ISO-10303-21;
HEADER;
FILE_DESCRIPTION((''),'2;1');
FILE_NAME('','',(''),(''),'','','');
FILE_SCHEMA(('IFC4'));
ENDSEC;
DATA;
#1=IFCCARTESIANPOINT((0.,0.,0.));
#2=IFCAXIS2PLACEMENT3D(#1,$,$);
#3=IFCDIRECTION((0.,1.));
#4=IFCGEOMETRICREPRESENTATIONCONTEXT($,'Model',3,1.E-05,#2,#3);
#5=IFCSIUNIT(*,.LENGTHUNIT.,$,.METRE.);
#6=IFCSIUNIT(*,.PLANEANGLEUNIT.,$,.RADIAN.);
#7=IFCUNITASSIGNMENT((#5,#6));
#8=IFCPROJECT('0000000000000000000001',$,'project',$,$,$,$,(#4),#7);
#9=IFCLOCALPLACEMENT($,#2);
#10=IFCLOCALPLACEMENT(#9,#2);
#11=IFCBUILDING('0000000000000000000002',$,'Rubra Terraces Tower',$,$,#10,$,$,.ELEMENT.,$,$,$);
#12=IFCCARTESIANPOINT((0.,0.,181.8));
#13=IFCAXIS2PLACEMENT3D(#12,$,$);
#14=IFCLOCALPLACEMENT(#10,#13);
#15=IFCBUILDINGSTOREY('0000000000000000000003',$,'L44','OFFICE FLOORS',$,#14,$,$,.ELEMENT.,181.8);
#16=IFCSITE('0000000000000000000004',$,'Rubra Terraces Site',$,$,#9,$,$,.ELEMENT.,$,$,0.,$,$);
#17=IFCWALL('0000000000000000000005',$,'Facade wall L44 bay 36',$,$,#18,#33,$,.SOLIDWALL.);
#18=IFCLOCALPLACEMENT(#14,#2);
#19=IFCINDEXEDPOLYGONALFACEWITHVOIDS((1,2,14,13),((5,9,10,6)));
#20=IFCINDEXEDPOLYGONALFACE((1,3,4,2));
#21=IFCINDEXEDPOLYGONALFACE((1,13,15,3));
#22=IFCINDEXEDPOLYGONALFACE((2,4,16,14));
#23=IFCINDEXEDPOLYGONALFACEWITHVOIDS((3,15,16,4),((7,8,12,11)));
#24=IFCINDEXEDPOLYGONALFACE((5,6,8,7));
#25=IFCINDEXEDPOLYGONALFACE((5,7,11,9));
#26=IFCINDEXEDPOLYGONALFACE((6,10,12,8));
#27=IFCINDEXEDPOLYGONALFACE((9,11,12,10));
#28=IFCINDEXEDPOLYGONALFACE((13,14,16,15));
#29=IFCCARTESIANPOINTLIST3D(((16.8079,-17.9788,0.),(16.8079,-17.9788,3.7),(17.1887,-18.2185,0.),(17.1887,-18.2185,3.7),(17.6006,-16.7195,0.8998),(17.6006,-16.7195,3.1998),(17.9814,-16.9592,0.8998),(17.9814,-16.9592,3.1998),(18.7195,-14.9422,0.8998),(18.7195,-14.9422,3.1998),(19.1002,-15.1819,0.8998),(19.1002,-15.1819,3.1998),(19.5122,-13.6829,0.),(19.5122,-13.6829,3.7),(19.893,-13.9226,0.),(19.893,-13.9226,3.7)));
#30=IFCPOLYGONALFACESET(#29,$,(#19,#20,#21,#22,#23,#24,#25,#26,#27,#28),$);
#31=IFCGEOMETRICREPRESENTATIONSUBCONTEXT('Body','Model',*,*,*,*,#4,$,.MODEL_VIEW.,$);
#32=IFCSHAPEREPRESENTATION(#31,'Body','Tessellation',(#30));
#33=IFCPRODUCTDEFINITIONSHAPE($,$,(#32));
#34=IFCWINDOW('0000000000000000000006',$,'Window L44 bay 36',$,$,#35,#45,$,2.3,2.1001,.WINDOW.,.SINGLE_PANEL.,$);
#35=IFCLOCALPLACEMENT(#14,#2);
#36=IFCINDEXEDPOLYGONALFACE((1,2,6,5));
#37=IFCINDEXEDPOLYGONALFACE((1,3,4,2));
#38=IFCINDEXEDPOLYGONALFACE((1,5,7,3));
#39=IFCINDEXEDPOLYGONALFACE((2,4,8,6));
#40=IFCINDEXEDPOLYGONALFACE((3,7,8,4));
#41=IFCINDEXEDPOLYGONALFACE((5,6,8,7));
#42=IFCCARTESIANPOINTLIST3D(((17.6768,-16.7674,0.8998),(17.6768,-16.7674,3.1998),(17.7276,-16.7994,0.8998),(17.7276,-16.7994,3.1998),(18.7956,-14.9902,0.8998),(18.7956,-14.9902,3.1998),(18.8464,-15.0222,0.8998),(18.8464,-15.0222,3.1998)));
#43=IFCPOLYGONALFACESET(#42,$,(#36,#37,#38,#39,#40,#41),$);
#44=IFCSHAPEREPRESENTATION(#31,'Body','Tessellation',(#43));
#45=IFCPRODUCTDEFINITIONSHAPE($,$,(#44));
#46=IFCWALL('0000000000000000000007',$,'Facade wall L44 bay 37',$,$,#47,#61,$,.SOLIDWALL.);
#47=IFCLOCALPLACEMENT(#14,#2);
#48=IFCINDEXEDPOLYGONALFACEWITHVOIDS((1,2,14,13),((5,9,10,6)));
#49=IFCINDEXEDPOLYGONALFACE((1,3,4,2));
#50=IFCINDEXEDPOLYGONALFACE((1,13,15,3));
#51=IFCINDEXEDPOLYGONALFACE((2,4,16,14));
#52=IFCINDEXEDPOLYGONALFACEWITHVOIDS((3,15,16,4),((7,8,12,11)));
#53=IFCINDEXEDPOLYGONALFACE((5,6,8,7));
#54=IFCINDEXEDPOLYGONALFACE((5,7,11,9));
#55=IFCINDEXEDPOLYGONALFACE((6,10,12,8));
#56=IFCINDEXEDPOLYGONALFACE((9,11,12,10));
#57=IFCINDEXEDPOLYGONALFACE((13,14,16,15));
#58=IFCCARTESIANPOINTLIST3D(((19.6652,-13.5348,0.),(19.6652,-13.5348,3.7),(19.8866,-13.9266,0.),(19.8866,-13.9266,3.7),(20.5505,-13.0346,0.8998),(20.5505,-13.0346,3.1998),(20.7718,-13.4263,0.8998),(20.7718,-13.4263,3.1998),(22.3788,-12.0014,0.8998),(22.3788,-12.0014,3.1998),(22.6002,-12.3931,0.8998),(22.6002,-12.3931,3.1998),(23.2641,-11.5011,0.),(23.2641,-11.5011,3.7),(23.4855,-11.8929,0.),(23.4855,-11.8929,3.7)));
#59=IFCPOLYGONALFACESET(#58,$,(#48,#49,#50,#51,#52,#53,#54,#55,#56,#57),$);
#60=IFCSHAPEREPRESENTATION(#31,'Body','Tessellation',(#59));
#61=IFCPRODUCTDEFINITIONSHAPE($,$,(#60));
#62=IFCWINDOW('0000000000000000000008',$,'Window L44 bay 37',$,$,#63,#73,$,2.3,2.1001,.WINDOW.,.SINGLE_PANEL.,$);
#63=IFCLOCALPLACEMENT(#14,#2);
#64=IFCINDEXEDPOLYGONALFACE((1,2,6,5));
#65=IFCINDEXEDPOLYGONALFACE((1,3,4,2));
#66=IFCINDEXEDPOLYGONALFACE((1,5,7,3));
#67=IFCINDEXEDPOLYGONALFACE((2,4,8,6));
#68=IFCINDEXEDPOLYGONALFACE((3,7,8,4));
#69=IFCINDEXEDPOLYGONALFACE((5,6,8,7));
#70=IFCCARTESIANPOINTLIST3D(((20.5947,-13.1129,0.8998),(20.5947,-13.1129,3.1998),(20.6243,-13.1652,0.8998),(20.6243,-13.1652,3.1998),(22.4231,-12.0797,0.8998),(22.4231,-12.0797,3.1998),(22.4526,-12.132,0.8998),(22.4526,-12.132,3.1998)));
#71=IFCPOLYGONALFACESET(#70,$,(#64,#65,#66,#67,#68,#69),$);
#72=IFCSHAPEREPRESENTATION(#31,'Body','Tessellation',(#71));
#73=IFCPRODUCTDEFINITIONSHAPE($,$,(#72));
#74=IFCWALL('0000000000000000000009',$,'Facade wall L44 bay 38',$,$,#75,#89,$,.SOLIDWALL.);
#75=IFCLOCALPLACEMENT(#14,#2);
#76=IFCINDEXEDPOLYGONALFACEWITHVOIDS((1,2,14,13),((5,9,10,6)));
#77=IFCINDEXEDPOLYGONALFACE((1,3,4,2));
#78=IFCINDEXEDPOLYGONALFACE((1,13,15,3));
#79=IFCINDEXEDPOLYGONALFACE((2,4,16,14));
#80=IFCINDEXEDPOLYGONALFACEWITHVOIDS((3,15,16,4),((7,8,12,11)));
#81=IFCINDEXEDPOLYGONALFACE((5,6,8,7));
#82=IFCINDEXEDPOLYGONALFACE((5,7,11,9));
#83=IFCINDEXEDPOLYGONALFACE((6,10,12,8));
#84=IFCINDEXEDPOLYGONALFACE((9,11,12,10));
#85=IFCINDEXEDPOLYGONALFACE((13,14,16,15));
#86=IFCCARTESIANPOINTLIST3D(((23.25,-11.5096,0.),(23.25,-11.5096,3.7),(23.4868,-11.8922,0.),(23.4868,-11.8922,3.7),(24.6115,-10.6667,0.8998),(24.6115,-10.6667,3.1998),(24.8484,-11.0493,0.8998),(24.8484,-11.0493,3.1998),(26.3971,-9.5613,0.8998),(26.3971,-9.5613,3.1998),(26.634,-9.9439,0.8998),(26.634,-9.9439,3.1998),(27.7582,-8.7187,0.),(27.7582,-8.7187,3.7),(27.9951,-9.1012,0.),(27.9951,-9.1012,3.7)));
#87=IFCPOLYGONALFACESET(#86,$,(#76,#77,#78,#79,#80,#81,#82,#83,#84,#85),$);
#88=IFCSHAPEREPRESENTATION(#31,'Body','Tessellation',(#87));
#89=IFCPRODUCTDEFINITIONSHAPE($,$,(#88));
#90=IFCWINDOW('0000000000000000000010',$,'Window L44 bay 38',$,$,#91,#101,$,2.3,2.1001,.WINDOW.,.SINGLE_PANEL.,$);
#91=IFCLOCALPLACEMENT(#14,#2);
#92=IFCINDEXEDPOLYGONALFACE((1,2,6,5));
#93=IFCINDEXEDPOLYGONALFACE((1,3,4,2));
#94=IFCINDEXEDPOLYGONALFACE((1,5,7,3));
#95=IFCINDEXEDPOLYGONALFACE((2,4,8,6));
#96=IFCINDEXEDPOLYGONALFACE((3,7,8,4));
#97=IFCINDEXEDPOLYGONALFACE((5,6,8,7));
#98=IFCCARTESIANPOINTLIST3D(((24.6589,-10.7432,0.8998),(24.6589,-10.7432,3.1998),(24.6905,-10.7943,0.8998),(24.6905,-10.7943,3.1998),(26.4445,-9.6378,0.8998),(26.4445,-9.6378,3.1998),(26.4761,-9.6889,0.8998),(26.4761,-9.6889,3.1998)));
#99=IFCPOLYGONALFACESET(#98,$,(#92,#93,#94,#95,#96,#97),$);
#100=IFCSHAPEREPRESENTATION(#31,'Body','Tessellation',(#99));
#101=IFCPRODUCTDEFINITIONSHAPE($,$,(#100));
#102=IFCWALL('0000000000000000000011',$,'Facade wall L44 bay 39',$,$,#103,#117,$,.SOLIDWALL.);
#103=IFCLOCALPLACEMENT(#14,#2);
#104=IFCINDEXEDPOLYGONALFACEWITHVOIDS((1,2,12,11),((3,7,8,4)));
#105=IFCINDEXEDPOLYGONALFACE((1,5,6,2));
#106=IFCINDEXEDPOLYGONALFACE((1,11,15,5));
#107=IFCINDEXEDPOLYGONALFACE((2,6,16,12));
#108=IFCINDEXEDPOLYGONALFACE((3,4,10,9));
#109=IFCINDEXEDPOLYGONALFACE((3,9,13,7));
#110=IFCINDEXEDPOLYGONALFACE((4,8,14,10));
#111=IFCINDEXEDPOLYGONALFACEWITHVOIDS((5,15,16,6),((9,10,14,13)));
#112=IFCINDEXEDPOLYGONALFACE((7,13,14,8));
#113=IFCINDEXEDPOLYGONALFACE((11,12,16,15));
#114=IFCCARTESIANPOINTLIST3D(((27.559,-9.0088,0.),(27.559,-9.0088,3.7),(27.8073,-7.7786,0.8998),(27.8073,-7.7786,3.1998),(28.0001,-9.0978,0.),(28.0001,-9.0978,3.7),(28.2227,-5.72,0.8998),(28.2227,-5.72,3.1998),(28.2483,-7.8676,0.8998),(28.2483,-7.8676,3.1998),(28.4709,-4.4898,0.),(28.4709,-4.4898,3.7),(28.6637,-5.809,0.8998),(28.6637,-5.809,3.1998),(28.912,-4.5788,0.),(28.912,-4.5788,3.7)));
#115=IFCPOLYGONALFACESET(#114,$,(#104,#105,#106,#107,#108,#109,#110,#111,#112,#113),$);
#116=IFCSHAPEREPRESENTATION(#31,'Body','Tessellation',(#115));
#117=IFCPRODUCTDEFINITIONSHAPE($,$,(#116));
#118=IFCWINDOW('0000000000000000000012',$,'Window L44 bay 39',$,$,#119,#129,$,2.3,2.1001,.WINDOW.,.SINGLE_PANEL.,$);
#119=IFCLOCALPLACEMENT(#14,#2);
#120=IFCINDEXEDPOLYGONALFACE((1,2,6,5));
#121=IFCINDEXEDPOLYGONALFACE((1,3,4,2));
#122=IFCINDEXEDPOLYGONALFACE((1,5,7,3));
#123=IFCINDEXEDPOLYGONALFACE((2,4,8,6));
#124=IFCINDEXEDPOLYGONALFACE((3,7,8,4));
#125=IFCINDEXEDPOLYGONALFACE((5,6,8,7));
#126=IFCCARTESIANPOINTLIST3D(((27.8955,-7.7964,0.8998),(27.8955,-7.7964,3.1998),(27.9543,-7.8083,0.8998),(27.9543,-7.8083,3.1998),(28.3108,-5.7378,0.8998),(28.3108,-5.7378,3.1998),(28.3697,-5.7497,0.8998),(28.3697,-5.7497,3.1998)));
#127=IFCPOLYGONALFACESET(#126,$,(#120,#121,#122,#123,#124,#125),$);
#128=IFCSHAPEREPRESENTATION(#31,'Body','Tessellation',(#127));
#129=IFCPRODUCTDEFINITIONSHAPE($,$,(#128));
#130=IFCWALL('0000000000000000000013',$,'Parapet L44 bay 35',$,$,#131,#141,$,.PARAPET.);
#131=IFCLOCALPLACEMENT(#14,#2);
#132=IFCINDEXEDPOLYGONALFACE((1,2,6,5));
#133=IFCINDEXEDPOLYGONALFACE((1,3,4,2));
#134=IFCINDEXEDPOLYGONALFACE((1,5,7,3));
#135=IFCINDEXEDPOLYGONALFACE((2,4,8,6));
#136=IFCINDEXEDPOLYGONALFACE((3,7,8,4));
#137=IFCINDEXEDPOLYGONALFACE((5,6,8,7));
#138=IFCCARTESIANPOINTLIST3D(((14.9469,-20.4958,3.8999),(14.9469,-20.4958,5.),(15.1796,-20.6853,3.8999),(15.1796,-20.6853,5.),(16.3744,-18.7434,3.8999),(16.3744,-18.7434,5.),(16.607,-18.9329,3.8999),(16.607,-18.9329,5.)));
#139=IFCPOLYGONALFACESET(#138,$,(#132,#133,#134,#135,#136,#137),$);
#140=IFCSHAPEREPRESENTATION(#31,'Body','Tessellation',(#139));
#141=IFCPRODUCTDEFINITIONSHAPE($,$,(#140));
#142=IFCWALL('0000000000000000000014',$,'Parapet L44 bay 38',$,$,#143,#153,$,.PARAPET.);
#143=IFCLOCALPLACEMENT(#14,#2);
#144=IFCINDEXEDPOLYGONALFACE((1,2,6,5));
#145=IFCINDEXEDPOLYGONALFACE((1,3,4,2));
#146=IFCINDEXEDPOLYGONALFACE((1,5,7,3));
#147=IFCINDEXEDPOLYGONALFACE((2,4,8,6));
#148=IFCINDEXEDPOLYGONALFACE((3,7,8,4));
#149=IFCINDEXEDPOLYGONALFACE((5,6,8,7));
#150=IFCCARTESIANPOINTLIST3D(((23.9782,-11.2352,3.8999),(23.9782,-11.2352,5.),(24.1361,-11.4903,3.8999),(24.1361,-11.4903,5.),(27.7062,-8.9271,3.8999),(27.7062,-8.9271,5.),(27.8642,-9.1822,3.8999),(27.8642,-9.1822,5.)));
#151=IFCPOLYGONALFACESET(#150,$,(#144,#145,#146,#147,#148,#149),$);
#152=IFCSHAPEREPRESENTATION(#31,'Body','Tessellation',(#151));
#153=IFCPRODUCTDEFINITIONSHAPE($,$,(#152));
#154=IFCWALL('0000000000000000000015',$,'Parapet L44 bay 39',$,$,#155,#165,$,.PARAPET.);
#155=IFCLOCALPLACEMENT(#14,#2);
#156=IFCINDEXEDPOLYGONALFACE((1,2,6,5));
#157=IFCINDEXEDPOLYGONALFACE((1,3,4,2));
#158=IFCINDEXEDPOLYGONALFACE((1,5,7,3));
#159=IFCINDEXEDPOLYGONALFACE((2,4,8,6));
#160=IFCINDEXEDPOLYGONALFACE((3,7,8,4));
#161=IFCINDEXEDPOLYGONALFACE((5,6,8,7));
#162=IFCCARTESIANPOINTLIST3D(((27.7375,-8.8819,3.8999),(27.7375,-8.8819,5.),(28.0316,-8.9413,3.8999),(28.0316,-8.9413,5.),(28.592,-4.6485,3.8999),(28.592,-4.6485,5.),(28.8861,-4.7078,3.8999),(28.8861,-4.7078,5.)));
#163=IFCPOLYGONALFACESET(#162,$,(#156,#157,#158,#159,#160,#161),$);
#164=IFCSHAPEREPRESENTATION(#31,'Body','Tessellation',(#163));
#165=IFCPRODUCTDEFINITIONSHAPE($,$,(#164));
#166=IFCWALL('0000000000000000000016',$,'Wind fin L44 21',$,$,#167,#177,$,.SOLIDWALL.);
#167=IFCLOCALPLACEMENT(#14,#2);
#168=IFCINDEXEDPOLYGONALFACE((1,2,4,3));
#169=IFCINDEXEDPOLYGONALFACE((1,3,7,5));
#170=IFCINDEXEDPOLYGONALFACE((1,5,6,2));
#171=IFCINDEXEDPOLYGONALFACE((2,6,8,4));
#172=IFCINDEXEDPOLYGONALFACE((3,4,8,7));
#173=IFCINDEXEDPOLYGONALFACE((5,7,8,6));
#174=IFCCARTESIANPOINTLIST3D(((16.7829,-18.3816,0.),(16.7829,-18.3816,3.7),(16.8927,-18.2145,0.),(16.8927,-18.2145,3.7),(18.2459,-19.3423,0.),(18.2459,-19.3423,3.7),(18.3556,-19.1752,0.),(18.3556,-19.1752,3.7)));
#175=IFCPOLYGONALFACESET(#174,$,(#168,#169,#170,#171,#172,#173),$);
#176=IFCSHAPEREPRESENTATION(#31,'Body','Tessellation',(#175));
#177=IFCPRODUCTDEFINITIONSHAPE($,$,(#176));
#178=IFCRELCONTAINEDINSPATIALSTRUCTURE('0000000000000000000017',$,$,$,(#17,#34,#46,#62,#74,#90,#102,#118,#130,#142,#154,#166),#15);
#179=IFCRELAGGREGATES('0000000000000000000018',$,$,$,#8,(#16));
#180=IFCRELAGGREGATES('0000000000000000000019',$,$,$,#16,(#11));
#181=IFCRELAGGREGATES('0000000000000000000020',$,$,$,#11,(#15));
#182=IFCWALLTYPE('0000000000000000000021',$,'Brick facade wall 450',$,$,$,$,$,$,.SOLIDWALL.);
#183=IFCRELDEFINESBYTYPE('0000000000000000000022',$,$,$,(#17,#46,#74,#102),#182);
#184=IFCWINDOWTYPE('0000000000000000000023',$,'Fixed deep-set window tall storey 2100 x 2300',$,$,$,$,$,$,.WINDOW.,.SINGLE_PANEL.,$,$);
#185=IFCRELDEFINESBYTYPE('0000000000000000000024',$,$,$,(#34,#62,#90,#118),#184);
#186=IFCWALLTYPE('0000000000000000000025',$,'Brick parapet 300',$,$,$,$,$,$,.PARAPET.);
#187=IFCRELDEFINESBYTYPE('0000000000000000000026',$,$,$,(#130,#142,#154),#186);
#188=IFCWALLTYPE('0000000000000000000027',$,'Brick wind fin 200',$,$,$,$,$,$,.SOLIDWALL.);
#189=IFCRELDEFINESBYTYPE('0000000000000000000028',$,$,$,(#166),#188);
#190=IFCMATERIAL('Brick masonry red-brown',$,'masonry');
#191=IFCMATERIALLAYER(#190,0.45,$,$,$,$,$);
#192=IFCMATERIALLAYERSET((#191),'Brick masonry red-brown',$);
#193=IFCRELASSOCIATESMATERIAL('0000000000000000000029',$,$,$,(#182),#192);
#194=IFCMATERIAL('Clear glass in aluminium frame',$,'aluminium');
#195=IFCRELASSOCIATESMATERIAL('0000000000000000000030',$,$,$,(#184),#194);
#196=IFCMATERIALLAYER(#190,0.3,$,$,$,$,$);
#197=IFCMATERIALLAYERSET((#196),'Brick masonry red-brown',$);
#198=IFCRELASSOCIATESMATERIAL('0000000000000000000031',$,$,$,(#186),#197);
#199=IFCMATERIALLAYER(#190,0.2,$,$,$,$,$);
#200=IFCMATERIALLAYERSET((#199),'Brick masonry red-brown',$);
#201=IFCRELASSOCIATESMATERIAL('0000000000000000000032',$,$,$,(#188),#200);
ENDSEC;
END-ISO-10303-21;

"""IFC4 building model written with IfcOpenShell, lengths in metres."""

from ifc_helpers import new_model, si_unit, direction, frame, frame_2d, origin, place, context, subcontext, project, spatial, rectangle, extrude, material, layer, layer_set, type_object, element, fill, save


model = new_model("IFC4")

# Units and contexts
model_context = context("Model", 3, precision=1e-05, world=origin(), true_north=direction((0.0, 1.0)))
body_context = subcontext(model_context, "Body", "Model", "MODEL_VIEW")
ifc_project = project(units=[si_unit("LENGTHUNIT", "METRE"), si_unit("PLANEANGLEUNIT", "RADIAN")], contexts=[model_context])

# Site, building, storey
site_placement = place(None, origin())
site = spatial("IfcSite", under=ifc_project, at=site_placement, Name="Rubra Terraces Site", CompositionType="ELEMENT", RefElevation=0.0)
building_placement = place(site_placement, origin())
building = spatial("IfcBuilding", under=site, at=building_placement, Name="Rubra Terraces Tower", CompositionType="ELEMENT")
storey_placement = place(building_placement, frame((0.0, 0.0, 181.8)))
storey = spatial("IfcBuildingStorey", under=building, at=storey_placement, Name="L44", Description="OFFICE FLOORS", CompositionType="ELEMENT", Elevation=181.8)

# Walls, openings, windows
ifc_material_1 = material(Name="Brick masonry red-brown", Category="masonry")
ifc_layer_1 = layer(ifc_material_1, 0.45)
ifc_layer_set_1 = layer_set([ifc_layer_1], Name="Brick masonry red-brown")
wall_type_1 = type_object("IfcWallType", Name="Brick facade wall 450", PredefinedType="SOLIDWALL", material=ifc_layer_set_1)
wall_1_placement = place(storey_placement, frame((16.9983, -18.0986, 0.0), z_axis=(0.0, 0.0, 1.0), x_axis=(0.532746, 0.846275, 0.0)))
wall_1 = element("IfcWall", 1, at=wall_1_placement, inside=storey, type_object=wall_type_1, Name="Facade wall L44 bay 36", PredefinedType="SOLIDWALL", context=body_context, shape_type="SweptSolid", body=[
    extrude(rectangle(XDim=5.0762, YDim=0.45, at=frame_2d((2.5381, 0.0))), origin(), (0.0, 0.0, 1.0), 3.7),
])
opening_1_placement = place(wall_1_placement, frame((1.488, 0.0, 0.8999)))
opening_1 = element("IfcOpeningElement", 2, at=opening_1_placement, cuts=wall_1, PredefinedType="OPENING", context=body_context, shape_type="SweptSolid", body=[
    extrude(rectangle(XDim=2.1001, YDim=2.3, at=frame_2d((1.05, 1.1499))), frame((0.0, 0.2349, 0.0), z_axis=(0.0, -1.0, 0.0), x_axis=(1.0, 0.0, 0.0)), (0.0, 0.0, 1.0), 0.47),
])
ifc_material_2 = material(Name="Clear glass in aluminium frame", Category="aluminium")
window_type = type_object("IfcWindowType", Name="Fixed deep-set window tall storey 2100 x 2300", PartitioningType="SINGLE_PANEL", PredefinedType="WINDOW", material=ifc_material_2)
window_1_placement = place(opening_1_placement, origin())
window_1 = element("IfcWindow", 3, at=window_1_placement, inside=storey, type_object=window_type, Name="Window L44 bay 36", OverallHeight=2.3, OverallWidth=2.1001, PartitioningType="SINGLE_PANEL", PredefinedType="WINDOW", context=body_context, shape_type="SweptSolid", body=[
    extrude(rectangle(XDim=2.1001, YDim=2.3, at=frame_2d((1.05, 1.1499))), frame((0.0, 0.135, 0.0), z_axis=(0.0, -1.0, 0.0), x_axis=(1.0, 0.0, 0.0)), (0.0, 0.0, 1.0), 0.0601),
])
fill(opening_1, window_1)
wall_2_placement = place(storey_placement, frame((19.7759, -13.7307, 0.0), z_axis=(0.0, 0.0, 1.0), x_axis=(0.87061, 0.491974, 0.0)))
wall_2 = element("IfcWall", 4, at=wall_2_placement, inside=storey, type_object=wall_type_1, Name="Facade wall L44 bay 37", PredefinedType="SOLIDWALL", context=body_context, shape_type="SweptSolid", body=[
    extrude(rectangle(XDim=4.1338, YDim=0.45, at=frame_2d((2.0669, 0.0))), origin(), (0.0, 0.0, 1.0), 3.7),
])
opening_2_placement = place(wall_2_placement, frame((1.0168, 0.0, 0.8999)))
opening_2 = element("IfcOpeningElement", 5, at=opening_2_placement, cuts=wall_2, PredefinedType="OPENING", context=body_context, shape_type="SweptSolid", body=[
    extrude(rectangle(XDim=2.1001, YDim=2.3, at=frame_2d((1.05, 1.1499))), frame((0.0, 0.2349, 0.0), z_axis=(0.0, -1.0, 0.0), x_axis=(1.0, 0.0, 0.0)), (0.0, 0.0, 1.0), 0.47),
])
window_2_placement = place(opening_2_placement, origin())
window_2 = element("IfcWindow", 6, at=window_2_placement, inside=storey, type_object=window_type, Name="Window L44 bay 37", OverallHeight=2.3, OverallWidth=2.1001, PartitioningType="SINGLE_PANEL", PredefinedType="WINDOW", context=body_context, shape_type="SweptSolid", body=[
    extrude(rectangle(XDim=2.1001, YDim=2.3, at=frame_2d((1.05, 1.1499))), frame((0.0, 0.135, 0.0), z_axis=(0.0, -1.0, 0.0), x_axis=(1.0, 0.0, 0.0)), (0.0, 0.0, 1.0), 0.0601),
])
fill(opening_2, window_2)
wall_3_placement = place(storey_placement, frame((23.3684, -11.7009, 0.0), z_axis=(0.0, 0.0, 1.0), x_axis=(0.850251, 0.526377, 0.0)))
wall_3 = element("IfcWall", 7, at=wall_3_placement, inside=storey, type_object=wall_type_1, Name="Facade wall L44 bay 38", PredefinedType="SOLIDWALL", context=body_context, shape_type="SweptSolid", body=[
    extrude(rectangle(XDim=5.3022, YDim=0.45, at=frame_2d((2.6511, 0.0))), origin(), (0.0, 0.0, 1.0), 3.7),
])
opening_3_placement = place(wall_3_placement, frame((1.6013, 0.0, 0.8999)))
opening_3 = element("IfcOpeningElement", 8, at=opening_3_placement, cuts=wall_3, PredefinedType="OPENING", context=body_context, shape_type="SweptSolid", body=[
    extrude(rectangle(XDim=2.1001, YDim=2.3, at=frame_2d((1.05, 1.1499))), frame((0.0, 0.2349, 0.0), z_axis=(0.0, -1.0, 0.0), x_axis=(1.0, 0.0, 0.0)), (0.0, 0.0, 1.0), 0.47),
])
window_3_placement = place(opening_3_placement, origin())
window_3 = element("IfcWindow", 9, at=window_3_placement, inside=storey, type_object=window_type, Name="Window L44 bay 38", OverallHeight=2.3, OverallWidth=2.1001, PartitioningType="SINGLE_PANEL", PredefinedType="WINDOW", context=body_context, shape_type="SweptSolid", body=[
    extrude(rectangle(XDim=2.1001, YDim=2.3, at=frame_2d((1.05, 1.1499))), frame((0.0, 0.135, 0.0), z_axis=(0.0, -1.0, 0.0), x_axis=(1.0, 0.0, 0.0)), (0.0, 0.0, 1.0), 0.0601),
])
fill(opening_3, window_3)
wall_4_placement = place(storey_placement, frame((27.7795, -9.0535, 0.0), z_axis=(0.0, 0.0, 1.0), x_axis=(0.197796, 0.980243, 0.0)))
wall_4 = element("IfcWall", 10, at=wall_4_placement, inside=storey, type_object=wall_type_1, Name="Facade wall L44 bay 39", PredefinedType="SOLIDWALL", context=body_context, shape_type="SweptSolid", body=[
    extrude(rectangle(XDim=4.6101, YDim=0.45, at=frame_2d((2.3052, 0.0))), origin(), (0.0, 0.0, 1.0), 3.7),
])
opening_4_placement = place(wall_4_placement, frame((1.2551, 0.0, 0.8999)))
opening_4 = element("IfcOpeningElement", 11, at=opening_4_placement, cuts=wall_4, PredefinedType="OPENING", context=body_context, shape_type="SweptSolid", body=[
    extrude(rectangle(XDim=2.1001, YDim=2.3, at=frame_2d((1.05, 1.1499))), frame((0.0, 0.2349, 0.0), z_axis=(0.0, -1.0, 0.0), x_axis=(1.0, 0.0, 0.0)), (0.0, 0.0, 1.0), 0.47),
])
window_4_placement = place(opening_4_placement, origin())
window_4 = element("IfcWindow", 12, at=window_4_placement, inside=storey, type_object=window_type, Name="Window L44 bay 39", OverallHeight=2.3, OverallWidth=2.1001, PartitioningType="SINGLE_PANEL", PredefinedType="WINDOW", context=body_context, shape_type="SweptSolid", body=[
    extrude(rectangle(XDim=2.1001, YDim=2.3, at=frame_2d((1.05, 1.1499))), frame((0.0, 0.135, 0.0), z_axis=(0.0, -1.0, 0.0), x_axis=(1.0, 0.0, 0.0)), (0.0, 0.0, 1.0), 0.0601),
])
fill(opening_4, window_4)

# Walls
ifc_layer_2 = layer(ifc_material_1, 0.3)
ifc_layer_set_2 = layer_set([ifc_layer_2], Name="Brick masonry red-brown")
wall_type_2 = type_object("IfcWallType", Name="Brick parapet 300", PredefinedType="PARAPET", material=ifc_layer_set_2)
wall_5_placement = place(storey_placement, frame((15.0632, -20.5906, 3.8999), z_axis=(0.0, 0.0, 1.0), x_axis=(0.63156, 0.775327, 0.0)))
element("IfcWall", 13, at=wall_5_placement, inside=storey, type_object=wall_type_2, Name="Parapet L44 bay 35", PredefinedType="PARAPET", context=body_context, shape_type="SweptSolid", body=[
    extrude(rectangle(XDim=2.2603, YDim=0.3, at=frame_2d((1.1301, 0.0))), origin(), (0.0, 0.0, 1.0), 1.1001),
])
wall_6_placement = place(storey_placement, frame((24.0571, -11.3628, 3.8999), z_axis=(0.0, 0.0, 1.0), x_axis=(0.850237, 0.526401, 0.0)))
element("IfcWall", 14, at=wall_6_placement, inside=storey, type_object=wall_type_2, Name="Parapet L44 bay 38", PredefinedType="PARAPET", context=body_context, shape_type="SweptSolid", body=[
    extrude(rectangle(XDim=4.3848, YDim=0.3, at=frame_2d((2.1924, 0.0))), origin(), (0.0, 0.0, 1.0), 1.1001),
])
wall_7_placement = place(storey_placement, frame((27.8845, -8.9116, 3.8999), z_axis=(0.0, 0.0, 1.0), x_axis=(0.197855, 0.980231, 0.0)))
element("IfcWall", 15, at=wall_7_placement, inside=storey, type_object=wall_type_2, Name="Parapet L44 bay 39", PredefinedType="PARAPET", context=body_context, shape_type="SweptSolid", body=[
    extrude(rectangle(XDim=4.3188, YDim=0.3, at=frame_2d((2.1594, 0.0))), origin(), (0.0, 0.0, 1.0), 1.1001),
])
ifc_layer_3 = layer(ifc_material_1, 0.2)
ifc_layer_set_3 = layer_set([ifc_layer_3], Name="Brick masonry red-brown")
wall_type_3 = type_object("IfcWallType", Name="Brick wind fin 200", PredefinedType="SOLIDWALL", material=ifc_layer_set_3)
wall_8_placement = place(storey_placement, frame((16.8379, -18.2981, 0.0), z_axis=(0.0, 0.0, 1.0), x_axis=(0.835872, -0.548925, 0.0)))
element("IfcWall", 16, at=wall_8_placement, inside=storey, type_object=wall_type_3, Name="Wind fin L44 21", PredefinedType="SOLIDWALL", context=body_context, shape_type="SweptSolid", body=[
    extrude(rectangle(XDim=1.7502, YDim=0.2, at=frame_2d((0.875, 0.0))), origin(), (0.0, 0.0, 1.0), 3.7),
])

save(model, "model.ifc")
